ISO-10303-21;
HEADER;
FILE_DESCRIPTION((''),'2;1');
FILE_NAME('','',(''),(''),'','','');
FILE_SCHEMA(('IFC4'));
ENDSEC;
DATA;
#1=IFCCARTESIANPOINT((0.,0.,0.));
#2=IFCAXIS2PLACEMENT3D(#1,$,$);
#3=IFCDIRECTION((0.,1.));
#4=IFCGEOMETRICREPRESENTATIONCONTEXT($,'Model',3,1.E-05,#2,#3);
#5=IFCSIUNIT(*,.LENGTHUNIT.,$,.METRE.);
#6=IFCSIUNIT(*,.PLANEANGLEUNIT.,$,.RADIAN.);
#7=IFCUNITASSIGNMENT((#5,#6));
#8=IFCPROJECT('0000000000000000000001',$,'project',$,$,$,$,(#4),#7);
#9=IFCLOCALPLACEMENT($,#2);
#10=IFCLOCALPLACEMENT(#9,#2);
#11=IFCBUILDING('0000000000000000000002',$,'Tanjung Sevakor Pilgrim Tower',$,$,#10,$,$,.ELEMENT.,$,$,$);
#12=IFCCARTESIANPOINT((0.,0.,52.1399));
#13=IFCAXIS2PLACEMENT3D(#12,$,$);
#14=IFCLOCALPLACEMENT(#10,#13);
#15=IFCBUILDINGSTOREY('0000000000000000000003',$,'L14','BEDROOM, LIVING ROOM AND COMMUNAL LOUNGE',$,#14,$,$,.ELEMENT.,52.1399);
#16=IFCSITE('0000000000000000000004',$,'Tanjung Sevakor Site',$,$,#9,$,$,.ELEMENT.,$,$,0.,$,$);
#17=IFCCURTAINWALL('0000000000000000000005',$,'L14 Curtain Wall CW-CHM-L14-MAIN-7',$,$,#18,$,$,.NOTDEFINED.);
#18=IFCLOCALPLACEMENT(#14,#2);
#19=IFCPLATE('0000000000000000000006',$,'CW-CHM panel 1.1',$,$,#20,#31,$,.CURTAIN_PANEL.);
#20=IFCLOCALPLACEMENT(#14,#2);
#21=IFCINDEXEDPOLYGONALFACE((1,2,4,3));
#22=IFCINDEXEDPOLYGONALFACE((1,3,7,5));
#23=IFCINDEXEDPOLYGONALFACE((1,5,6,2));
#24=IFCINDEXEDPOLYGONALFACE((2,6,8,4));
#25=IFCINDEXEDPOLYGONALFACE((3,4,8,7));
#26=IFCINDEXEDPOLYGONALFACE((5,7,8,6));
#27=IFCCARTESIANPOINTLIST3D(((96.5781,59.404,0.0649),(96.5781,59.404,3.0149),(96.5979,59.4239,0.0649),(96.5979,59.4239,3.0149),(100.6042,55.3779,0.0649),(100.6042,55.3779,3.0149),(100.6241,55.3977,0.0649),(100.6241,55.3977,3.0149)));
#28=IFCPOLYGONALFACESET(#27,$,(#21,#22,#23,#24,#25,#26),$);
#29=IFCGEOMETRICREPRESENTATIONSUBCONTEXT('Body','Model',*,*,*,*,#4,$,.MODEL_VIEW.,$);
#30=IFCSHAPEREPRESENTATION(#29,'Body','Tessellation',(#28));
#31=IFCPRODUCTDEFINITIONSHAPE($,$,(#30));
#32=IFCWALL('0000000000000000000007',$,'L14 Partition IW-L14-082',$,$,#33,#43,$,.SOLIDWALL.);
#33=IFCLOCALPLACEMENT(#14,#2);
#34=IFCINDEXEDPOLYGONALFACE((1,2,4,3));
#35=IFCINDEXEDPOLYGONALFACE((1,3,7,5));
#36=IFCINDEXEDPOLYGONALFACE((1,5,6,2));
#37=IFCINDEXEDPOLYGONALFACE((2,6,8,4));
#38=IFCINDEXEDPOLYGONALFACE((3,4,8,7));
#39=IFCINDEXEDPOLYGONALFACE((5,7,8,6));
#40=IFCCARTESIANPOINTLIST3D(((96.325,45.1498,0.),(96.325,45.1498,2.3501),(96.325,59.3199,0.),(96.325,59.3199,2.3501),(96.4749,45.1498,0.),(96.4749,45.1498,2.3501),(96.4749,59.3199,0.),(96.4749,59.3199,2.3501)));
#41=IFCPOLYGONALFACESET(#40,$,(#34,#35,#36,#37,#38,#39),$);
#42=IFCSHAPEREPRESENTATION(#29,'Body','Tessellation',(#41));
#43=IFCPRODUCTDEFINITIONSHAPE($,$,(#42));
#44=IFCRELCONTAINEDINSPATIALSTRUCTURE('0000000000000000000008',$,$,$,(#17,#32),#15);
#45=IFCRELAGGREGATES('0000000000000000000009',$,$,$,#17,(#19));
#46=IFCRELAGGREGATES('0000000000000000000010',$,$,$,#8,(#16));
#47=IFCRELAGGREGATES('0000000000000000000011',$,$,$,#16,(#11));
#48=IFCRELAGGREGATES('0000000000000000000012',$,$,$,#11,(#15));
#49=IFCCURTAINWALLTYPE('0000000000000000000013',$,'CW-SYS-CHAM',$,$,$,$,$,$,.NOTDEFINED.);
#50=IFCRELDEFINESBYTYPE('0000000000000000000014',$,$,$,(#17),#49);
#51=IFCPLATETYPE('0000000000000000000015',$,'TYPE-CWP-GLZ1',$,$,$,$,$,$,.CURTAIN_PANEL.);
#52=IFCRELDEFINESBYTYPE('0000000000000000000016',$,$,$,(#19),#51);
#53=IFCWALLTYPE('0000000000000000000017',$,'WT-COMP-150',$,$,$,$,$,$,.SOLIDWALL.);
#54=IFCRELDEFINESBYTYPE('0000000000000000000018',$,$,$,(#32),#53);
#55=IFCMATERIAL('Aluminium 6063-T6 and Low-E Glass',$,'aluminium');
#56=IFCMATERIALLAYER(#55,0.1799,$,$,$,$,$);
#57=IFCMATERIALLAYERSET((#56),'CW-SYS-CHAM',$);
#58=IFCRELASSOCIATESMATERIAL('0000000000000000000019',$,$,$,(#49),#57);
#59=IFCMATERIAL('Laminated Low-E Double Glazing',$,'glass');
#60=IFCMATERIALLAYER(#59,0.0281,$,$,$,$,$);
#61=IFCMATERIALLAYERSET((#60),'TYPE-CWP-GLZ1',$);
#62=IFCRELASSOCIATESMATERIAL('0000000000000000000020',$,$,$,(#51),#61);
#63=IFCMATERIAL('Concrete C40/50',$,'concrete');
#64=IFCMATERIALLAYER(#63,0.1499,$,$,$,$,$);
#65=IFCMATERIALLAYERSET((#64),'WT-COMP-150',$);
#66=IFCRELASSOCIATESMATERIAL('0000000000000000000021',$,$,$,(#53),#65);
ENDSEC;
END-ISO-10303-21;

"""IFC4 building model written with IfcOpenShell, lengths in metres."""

from ifc_helpers import new_model, si_unit, direction, frame, frame_2d, origin, origin_2d, place, context, subcontext, project, spatial, rectangle, extrude, material, layer, layer_set, type_object, element, aggregate, save


model = new_model("IFC4")

# Units and contexts
model_context = context("Model", 3, precision=1e-05, world=origin(), true_north=direction((0.0, 1.0)))
body_context = subcontext(model_context, "Body", "Model", "MODEL_VIEW")
ifc_project = project(units=[si_unit("LENGTHUNIT", "METRE"), si_unit("PLANEANGLEUNIT", "RADIAN")], contexts=[model_context])

# Site, building, storey
site_placement = place(None, origin())
site = spatial("IfcSite", under=ifc_project, at=site_placement, Name="Tanjung Sevakor Site", CompositionType="ELEMENT", RefElevation=0.0)
building_placement = place(site_placement, origin())
building = spatial("IfcBuilding", under=site, at=building_placement, Name="Tanjung Sevakor Pilgrim Tower", CompositionType="ELEMENT")
storey_placement = place(building_placement, frame((0.0, 0.0, 52.1399)))
storey = spatial("IfcBuildingStorey", under=building, at=storey_placement, Name="L14", Description="BEDROOM, LIVING ROOM AND COMMUNAL LOUNGE", CompositionType="ELEMENT", Elevation=52.1399)

# Curtain wall, plate
ifc_material_1 = material(Name="Aluminium 6063-T6 and Low-E Glass", Category="aluminium")
ifc_layer_1 = layer(ifc_material_1, 0.1799)
ifc_layer_set_1 = layer_set([ifc_layer_1], Name="CW-SYS-CHAM")
curtain_wall_type = type_object("IfcCurtainWallType", Name="CW-SYS-CHAM", PredefinedType="NOTDEFINED", material=ifc_layer_set_1)
curtain_wall_placement = place(storey_placement, origin())
curtain_wall = element("IfcCurtainWall", 1, at=curtain_wall_placement, inside=storey, type_object=curtain_wall_type, Name="L14 Curtain Wall CW-CHM-L14-MAIN-7", PredefinedType="NOTDEFINED")
ifc_material_2 = material(Name="Laminated Low-E Double Glazing", Category="glass")
ifc_layer_2 = layer(ifc_material_2, 0.0281)
ifc_layer_set_2 = layer_set([ifc_layer_2], Name="TYPE-CWP-GLZ1")
plate_type = type_object("IfcPlateType", Name="TYPE-CWP-GLZ1", PredefinedType="CURTAIN_PANEL", material=ifc_layer_set_2)
plate_placement = place(storey_placement, frame((98.6011, 57.4009, 0.0649), z_axis=(0.0, 0.0, 1.0), x_axis=(-0.707107, 0.707107, 0.0)))
plate = element("IfcPlate", 2, at=plate_placement, type_object=plate_type, Name="CW-CHM panel 1.1", PredefinedType="CURTAIN_PANEL", context=body_context, shape_type="SweptSolid", body=[
    extrude(rectangle(XDim=5.6938, YDim=0.0281, at=origin_2d()), origin(), (0.0, 0.0, 1.0), 2.95),
])
aggregate(curtain_wall, [plate])

# Wall
ifc_material_3 = material(Name="Concrete C40/50", Category="concrete")
ifc_layer_3 = layer(ifc_material_3, 0.1499)
ifc_layer_set_3 = layer_set([ifc_layer_3], Name="WT-COMP-150")
wall_type_1 = type_object("IfcWallType", Name="WT-COMP-150", PredefinedType="SOLIDWALL", material=ifc_layer_set_3)
wall_1_placement = place(storey_placement, frame((96.3999, 45.1499, 0.0), z_axis=(0.0, 0.0, 1.0), x_axis=(0.0, 1.0, 0.0)))
element("IfcWall", 3, at=wall_1_placement, inside=storey, type_object=wall_type_1, Name="L14 Partition IW-L14-082", PredefinedType="SOLIDWALL", context=body_context, shape_type="SweptSolid", body=[
    extrude(rectangle(XDim=14.1702, YDim=0.1499, at=frame_2d((7.085, 0.0))), origin(), (0.0, 0.0, 1.0), 2.3501),
])

save(model, "model.ifc")
